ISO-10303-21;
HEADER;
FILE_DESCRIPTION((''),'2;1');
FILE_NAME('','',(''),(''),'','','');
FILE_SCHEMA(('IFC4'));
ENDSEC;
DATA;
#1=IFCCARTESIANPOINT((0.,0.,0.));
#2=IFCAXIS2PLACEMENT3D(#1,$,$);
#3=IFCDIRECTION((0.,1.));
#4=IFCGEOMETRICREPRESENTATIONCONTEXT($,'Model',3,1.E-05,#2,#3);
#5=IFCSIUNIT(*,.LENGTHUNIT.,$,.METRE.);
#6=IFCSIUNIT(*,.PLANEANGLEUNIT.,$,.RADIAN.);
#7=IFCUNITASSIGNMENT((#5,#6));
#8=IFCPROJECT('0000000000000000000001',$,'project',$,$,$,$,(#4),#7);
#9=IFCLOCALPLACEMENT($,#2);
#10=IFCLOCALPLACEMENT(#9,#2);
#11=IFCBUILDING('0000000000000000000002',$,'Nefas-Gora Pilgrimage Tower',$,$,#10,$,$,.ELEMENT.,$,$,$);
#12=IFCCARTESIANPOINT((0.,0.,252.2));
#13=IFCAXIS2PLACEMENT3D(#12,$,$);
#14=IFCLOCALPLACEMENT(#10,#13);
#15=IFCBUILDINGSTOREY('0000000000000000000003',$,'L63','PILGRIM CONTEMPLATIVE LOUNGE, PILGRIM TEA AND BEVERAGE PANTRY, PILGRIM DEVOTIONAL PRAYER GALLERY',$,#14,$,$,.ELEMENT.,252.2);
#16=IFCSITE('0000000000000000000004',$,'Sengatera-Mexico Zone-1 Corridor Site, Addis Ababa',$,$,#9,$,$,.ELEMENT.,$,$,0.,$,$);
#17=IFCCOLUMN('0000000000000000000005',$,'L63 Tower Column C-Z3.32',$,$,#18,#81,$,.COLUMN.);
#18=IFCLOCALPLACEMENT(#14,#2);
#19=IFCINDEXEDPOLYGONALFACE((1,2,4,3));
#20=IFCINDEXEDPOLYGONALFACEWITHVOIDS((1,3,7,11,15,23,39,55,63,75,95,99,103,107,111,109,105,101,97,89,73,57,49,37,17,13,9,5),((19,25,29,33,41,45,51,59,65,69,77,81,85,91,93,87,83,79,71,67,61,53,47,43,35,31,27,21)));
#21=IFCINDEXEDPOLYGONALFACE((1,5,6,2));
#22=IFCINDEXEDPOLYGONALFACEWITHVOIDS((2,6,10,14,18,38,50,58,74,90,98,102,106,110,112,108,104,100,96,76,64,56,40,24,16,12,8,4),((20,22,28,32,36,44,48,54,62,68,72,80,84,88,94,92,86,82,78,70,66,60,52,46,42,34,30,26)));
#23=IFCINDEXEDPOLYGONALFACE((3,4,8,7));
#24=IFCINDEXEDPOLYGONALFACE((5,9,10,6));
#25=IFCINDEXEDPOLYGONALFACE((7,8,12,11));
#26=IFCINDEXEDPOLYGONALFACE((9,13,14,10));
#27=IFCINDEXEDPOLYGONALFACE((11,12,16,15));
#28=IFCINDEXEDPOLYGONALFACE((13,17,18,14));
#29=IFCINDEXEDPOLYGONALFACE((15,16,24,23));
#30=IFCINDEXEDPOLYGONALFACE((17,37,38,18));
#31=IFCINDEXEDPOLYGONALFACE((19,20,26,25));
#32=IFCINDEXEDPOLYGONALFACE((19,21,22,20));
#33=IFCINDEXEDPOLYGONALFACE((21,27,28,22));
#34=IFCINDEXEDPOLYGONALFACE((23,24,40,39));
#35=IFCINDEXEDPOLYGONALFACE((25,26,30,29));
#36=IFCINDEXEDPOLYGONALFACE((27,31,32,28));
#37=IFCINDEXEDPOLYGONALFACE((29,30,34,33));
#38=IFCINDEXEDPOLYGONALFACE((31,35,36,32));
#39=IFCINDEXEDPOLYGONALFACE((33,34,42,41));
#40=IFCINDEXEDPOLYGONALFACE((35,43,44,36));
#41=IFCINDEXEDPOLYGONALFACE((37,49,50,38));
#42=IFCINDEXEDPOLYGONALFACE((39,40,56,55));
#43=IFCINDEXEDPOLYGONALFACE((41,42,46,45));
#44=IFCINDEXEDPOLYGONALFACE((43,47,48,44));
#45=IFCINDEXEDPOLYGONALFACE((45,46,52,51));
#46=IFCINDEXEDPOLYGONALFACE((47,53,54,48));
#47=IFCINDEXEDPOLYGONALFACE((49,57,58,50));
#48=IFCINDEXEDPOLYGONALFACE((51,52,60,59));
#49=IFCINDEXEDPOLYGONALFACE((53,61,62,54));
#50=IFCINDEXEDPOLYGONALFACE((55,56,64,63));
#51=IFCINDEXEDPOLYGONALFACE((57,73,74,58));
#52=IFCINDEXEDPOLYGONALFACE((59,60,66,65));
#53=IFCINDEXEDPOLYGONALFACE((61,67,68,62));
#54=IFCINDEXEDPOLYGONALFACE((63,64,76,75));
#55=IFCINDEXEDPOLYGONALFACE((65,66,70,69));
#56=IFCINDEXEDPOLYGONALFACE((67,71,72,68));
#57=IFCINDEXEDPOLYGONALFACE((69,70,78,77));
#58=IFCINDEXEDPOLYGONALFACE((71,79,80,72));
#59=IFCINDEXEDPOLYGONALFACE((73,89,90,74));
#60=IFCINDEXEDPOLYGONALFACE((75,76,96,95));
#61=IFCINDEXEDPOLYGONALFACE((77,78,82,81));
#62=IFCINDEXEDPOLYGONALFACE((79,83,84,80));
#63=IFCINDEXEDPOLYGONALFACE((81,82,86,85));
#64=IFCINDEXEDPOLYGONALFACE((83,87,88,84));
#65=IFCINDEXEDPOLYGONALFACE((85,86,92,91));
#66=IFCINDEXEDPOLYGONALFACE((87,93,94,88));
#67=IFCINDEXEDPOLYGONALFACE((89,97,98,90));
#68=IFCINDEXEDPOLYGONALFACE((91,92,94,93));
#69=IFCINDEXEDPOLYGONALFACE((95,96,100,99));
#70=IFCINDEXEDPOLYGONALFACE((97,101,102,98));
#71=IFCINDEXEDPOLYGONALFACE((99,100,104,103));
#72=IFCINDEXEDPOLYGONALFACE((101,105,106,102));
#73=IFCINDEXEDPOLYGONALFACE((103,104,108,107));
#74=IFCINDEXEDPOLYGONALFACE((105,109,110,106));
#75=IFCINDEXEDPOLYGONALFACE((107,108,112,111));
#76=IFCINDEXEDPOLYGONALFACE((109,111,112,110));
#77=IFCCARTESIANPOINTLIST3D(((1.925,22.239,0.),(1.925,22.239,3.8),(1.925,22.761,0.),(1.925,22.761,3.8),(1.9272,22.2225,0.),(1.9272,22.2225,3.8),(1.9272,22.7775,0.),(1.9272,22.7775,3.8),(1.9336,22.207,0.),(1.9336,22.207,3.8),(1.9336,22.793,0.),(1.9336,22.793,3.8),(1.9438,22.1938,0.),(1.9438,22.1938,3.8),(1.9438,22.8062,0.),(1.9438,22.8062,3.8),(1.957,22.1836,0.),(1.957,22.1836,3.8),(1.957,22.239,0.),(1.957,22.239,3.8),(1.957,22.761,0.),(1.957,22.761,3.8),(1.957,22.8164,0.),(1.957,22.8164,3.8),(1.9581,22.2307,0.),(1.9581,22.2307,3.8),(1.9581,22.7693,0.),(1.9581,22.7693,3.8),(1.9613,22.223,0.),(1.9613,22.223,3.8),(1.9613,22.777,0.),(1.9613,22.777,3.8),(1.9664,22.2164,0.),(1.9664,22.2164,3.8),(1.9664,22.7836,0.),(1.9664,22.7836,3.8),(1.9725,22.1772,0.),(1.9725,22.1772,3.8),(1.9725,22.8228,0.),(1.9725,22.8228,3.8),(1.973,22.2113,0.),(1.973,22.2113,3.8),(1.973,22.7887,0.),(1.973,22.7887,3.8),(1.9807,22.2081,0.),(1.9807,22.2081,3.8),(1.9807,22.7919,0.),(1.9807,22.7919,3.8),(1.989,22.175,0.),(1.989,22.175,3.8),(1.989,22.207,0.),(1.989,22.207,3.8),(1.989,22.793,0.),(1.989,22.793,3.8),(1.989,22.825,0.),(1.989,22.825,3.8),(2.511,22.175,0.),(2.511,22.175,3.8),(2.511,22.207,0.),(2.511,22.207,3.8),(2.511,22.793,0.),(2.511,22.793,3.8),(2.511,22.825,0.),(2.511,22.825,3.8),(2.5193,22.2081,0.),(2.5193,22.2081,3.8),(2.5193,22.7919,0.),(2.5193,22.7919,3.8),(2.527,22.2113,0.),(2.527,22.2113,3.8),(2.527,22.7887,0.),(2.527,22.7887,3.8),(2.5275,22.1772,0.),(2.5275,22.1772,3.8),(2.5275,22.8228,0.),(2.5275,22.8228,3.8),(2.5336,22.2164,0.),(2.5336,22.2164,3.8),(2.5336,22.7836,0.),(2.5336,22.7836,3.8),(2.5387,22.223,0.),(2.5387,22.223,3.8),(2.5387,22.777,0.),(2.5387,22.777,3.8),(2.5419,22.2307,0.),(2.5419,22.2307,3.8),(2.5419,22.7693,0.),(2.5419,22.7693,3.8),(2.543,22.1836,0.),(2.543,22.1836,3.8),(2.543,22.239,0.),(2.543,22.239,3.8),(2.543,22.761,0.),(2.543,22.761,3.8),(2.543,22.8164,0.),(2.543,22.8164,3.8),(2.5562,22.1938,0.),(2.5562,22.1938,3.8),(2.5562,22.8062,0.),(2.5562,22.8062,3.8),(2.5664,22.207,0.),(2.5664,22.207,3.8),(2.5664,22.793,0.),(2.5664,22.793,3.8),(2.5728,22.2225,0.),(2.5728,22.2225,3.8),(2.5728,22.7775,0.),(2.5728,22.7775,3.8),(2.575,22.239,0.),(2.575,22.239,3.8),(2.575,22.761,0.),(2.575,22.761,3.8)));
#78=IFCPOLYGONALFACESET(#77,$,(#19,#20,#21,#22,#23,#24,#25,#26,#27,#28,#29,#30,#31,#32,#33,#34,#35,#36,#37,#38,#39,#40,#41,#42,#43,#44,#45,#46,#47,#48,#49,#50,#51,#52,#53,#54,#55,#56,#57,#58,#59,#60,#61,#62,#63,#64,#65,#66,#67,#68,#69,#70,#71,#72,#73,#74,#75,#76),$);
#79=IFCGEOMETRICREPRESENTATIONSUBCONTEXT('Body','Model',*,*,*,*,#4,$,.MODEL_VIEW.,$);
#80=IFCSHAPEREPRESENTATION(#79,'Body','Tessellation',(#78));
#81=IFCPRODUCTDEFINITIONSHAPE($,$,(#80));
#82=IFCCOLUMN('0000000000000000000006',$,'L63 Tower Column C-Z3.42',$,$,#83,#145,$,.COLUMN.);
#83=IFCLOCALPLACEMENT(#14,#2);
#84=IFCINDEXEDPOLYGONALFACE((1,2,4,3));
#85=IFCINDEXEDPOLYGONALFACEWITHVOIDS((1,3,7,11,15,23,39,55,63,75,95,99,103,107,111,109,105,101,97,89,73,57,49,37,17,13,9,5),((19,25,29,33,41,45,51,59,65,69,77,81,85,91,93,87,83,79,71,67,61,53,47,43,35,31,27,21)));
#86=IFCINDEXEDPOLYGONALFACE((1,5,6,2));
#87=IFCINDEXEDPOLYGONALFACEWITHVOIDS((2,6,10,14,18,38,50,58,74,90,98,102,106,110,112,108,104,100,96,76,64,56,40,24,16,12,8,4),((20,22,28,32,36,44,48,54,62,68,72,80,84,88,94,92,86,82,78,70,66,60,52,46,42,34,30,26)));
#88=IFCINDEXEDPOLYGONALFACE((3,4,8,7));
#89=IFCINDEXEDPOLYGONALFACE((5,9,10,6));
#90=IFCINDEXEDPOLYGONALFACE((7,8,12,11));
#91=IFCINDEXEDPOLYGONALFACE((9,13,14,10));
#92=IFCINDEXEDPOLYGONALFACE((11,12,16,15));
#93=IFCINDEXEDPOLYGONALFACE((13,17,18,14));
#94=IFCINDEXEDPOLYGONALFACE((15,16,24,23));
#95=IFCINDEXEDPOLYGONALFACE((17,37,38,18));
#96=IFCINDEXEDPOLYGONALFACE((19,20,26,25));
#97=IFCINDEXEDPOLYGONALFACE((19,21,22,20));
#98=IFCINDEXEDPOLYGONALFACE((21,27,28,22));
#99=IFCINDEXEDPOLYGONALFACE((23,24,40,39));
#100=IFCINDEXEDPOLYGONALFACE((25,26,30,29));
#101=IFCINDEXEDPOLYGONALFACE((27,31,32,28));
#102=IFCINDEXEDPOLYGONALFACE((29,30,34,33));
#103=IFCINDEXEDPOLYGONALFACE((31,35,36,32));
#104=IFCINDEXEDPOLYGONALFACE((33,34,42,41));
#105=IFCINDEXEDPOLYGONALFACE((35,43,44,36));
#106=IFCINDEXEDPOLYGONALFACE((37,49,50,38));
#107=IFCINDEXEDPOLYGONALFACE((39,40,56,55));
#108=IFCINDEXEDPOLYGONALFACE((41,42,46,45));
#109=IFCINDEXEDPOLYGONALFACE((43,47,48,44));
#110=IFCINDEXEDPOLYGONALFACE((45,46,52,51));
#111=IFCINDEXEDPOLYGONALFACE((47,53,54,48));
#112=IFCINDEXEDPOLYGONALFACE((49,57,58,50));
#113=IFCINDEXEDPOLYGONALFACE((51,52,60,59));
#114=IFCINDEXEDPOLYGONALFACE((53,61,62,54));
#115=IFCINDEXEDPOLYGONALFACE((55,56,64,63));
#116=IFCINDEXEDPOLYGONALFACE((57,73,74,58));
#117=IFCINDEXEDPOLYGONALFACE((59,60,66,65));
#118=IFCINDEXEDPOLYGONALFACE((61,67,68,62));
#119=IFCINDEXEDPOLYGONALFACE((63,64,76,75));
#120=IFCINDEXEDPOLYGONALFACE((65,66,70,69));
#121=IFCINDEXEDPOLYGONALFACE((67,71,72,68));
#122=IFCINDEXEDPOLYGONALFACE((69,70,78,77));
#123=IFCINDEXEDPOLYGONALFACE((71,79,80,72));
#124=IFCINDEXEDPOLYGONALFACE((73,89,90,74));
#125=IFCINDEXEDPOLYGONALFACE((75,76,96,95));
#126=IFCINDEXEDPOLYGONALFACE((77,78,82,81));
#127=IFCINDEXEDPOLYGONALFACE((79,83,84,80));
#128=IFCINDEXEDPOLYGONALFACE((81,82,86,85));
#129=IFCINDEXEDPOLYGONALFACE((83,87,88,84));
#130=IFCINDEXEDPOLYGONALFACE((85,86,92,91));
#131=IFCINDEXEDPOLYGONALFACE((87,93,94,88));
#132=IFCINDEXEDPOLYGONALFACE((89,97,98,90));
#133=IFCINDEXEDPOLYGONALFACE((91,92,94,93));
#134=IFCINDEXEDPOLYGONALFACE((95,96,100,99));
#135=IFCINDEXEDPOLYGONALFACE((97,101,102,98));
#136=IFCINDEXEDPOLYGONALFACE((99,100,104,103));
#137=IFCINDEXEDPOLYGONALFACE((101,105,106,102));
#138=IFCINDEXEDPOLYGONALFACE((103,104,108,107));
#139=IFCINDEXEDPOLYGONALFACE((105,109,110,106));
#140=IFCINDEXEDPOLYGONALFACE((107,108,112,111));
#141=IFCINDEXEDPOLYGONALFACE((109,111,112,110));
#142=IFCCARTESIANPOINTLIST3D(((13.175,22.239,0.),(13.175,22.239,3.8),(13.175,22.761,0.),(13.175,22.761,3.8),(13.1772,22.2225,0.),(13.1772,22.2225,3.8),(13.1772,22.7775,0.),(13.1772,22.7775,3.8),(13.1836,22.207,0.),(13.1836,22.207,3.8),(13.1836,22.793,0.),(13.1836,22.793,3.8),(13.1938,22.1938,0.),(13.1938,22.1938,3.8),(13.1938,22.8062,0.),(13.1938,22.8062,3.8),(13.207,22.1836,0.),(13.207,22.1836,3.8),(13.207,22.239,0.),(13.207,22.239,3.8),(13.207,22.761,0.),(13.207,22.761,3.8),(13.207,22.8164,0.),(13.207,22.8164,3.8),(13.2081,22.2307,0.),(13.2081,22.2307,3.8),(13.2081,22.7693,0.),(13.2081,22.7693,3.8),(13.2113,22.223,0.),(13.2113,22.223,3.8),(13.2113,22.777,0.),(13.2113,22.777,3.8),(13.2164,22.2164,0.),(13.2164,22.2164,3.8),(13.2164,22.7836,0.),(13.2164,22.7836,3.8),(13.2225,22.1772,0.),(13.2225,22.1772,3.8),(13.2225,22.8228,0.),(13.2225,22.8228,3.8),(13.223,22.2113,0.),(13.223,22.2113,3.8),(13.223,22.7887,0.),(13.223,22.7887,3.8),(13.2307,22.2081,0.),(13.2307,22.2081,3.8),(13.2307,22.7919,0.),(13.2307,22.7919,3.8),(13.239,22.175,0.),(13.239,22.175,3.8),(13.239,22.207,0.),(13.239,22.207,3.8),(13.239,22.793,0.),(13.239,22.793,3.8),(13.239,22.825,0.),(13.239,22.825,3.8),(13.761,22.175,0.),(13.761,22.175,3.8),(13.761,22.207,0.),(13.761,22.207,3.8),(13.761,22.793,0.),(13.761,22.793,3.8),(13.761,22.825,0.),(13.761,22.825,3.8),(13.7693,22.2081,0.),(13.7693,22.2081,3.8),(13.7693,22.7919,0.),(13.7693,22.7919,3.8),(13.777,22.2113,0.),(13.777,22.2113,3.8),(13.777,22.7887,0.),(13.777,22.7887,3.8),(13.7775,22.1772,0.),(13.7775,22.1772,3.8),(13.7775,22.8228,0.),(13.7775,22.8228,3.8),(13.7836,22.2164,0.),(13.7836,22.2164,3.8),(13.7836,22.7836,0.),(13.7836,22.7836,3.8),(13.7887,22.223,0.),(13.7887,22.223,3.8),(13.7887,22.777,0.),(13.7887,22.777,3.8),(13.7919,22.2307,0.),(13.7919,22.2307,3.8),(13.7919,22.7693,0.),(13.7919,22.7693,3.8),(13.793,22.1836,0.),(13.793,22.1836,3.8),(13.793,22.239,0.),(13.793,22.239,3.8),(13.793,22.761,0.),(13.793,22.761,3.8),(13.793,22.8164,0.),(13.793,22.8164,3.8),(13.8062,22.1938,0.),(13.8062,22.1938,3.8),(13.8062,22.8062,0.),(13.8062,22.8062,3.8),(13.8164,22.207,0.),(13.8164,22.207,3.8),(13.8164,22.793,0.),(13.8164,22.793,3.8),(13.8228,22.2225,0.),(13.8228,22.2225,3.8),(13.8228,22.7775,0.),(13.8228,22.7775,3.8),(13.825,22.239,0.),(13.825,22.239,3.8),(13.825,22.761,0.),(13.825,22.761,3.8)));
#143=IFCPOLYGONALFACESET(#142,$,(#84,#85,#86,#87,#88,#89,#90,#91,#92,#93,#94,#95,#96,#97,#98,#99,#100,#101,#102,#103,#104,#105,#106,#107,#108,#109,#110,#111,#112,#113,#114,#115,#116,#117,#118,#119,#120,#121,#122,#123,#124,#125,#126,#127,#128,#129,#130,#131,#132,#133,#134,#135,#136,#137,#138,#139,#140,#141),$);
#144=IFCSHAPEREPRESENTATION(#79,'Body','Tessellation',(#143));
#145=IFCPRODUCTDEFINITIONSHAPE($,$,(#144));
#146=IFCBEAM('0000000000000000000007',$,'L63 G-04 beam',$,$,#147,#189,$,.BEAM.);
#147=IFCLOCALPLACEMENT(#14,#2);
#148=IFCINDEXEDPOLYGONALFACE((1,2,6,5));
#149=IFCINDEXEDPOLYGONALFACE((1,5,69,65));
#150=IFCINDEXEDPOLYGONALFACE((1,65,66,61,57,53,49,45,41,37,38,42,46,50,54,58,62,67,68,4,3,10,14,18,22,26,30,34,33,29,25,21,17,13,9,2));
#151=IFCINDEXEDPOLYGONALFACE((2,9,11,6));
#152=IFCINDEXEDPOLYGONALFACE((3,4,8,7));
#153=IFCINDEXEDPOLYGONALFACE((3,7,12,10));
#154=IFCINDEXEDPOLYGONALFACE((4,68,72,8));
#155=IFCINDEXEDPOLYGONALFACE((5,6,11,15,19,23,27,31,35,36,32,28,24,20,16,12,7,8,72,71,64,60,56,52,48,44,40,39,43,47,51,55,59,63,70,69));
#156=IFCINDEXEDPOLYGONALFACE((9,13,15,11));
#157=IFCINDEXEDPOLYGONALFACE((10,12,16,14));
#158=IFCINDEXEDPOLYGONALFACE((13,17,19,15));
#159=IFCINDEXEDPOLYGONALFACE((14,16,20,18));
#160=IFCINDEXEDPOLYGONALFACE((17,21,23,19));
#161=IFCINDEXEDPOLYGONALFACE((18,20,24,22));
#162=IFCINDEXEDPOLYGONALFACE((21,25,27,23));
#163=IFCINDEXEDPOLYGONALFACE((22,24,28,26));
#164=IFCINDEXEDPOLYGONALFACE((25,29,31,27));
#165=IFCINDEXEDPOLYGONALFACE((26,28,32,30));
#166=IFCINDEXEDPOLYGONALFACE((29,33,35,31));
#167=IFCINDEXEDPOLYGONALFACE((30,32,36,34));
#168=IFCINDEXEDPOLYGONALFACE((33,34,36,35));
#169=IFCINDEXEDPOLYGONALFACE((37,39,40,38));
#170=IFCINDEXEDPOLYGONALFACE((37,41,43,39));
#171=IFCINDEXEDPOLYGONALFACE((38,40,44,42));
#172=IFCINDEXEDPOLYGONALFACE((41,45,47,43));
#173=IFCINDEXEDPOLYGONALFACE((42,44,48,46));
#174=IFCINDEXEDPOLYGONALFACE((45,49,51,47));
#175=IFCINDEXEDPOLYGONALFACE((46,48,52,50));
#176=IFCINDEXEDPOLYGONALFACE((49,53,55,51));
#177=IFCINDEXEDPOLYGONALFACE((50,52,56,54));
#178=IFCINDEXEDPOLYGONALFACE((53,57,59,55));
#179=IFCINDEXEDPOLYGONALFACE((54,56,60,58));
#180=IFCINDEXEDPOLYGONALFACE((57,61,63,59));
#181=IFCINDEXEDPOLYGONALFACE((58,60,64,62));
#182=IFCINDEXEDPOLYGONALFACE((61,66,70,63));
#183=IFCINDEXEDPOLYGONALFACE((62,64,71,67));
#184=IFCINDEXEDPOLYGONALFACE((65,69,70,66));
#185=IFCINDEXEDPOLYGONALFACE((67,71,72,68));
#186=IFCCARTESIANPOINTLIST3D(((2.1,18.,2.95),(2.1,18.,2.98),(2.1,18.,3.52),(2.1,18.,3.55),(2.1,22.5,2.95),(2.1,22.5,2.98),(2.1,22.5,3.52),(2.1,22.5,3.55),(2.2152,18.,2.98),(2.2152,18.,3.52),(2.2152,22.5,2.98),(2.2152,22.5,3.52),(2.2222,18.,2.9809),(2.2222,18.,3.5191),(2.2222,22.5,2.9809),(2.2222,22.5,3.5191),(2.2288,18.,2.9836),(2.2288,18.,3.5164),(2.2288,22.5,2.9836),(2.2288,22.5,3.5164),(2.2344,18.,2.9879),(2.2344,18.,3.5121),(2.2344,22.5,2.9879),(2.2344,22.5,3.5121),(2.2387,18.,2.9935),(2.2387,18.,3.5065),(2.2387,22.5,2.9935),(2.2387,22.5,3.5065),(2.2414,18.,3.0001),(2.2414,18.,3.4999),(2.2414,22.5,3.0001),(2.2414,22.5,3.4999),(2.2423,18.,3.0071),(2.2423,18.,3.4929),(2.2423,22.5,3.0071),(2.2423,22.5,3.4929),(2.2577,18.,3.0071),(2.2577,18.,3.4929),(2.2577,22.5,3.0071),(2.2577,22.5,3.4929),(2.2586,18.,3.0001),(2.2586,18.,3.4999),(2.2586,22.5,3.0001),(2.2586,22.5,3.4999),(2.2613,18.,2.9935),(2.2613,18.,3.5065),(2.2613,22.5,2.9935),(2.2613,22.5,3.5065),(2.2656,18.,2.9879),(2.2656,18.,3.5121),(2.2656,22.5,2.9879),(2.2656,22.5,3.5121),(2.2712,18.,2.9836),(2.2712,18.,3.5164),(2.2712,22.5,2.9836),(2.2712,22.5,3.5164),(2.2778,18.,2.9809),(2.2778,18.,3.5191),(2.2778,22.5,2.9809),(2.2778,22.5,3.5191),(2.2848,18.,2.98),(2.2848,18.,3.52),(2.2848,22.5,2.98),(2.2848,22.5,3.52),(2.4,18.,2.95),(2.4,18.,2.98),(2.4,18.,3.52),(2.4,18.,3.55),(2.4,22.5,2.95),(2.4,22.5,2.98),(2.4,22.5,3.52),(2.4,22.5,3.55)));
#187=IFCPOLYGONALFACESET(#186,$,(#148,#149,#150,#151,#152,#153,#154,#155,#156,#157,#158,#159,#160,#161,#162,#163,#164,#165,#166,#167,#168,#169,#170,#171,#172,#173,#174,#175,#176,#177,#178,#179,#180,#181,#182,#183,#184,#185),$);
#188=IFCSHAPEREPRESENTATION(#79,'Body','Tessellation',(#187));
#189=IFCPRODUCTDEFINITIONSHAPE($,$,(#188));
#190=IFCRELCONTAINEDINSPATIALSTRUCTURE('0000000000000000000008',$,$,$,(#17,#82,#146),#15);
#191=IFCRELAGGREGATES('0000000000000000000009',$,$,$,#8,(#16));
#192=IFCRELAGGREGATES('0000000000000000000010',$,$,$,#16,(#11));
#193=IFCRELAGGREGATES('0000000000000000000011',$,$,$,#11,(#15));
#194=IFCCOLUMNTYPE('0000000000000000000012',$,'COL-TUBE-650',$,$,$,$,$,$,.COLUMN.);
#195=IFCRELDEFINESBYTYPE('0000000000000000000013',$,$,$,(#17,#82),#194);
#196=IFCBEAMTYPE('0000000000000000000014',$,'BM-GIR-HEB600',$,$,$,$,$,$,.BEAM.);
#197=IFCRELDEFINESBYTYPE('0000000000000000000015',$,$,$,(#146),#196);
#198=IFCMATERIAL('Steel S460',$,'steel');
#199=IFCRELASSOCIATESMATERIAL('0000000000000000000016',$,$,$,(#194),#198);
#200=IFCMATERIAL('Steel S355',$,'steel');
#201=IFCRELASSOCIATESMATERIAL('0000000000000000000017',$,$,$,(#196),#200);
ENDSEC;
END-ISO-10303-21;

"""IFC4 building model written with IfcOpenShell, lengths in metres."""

from ifc_helpers import new_model, si_unit, direction, frame, origin, origin_2d, place, context, subcontext, project, spatial, hollow_rectangle, i_section, extrude, source, transform, mapped, material, material_profile, profile_set, type_object, element, save


model = new_model("IFC4")

# Units and contexts
model_context = context("Model", 3, precision=1e-05, world=origin(), true_north=direction((0.0, 1.0)))
body_context = subcontext(model_context, "Body", "Model", "MODEL_VIEW")
ifc_project = project(units=[si_unit("LENGTHUNIT", "METRE"), si_unit("PLANEANGLEUNIT", "RADIAN")], contexts=[model_context])

# Site, building, storey
site_placement = place(None, origin())
site = spatial("IfcSite", under=ifc_project, at=site_placement, Name="Sengatera-Mexico Zone-1 Corridor Site, Addis Ababa", CompositionType="ELEMENT", RefElevation=0.0)
building_placement = place(site_placement, origin())
building = spatial("IfcBuilding", under=site, at=building_placement, Name="Nefas-Gora Pilgrimage Tower", CompositionType="ELEMENT")
storey_placement = place(building_placement, frame((0.0, 0.0, 252.2)))
storey = spatial("IfcBuildingStorey", under=building, at=storey_placement, Name="L63", Description="PILGRIM CONTEMPLATIVE LOUNGE, PILGRIM TEA AND BEVERAGE PANTRY, PILGRIM DEVOTIONAL PRAYER GALLERY", CompositionType="ELEMENT", Elevation=252.2)

# Columns
ifc_material_1 = material(Name="Steel S460", Category="steel")
ifc_material_profile_1 = material_profile(ifc_material_1, hollow_rectangle(XDim=0.6499, YDim=0.6499, WallThickness=0.032, InnerFilletRadius=0.032, OuterFilletRadius=0.064, at=origin_2d()), Name="BOX 650x650x32")
ifc_profile_set_1 = profile_set([ifc_material_profile_1], Name="Steel S460")
column_type_1 = type_object("IfcColumnType", Name="COL-TUBE-650", PredefinedType="COLUMN", material=ifc_profile_set_1)
shared_shape_1 = source(origin(), body_context, "Body", "SweptSolid", [
    extrude(hollow_rectangle(XDim=0.6499, YDim=0.6499, WallThickness=0.032, InnerFilletRadius=0.032, OuterFilletRadius=0.064, at=origin_2d()), origin(), (0.0, 0.0, 1.0), 3.8),
])
for number, where, z_axis, x_axis, name in (
    (1, (2.25, 22.5, 0.0), (0.0, 0.0, 1.0), (1.0, 0.0, 0.0), "L63 Tower Column C-Z3.32"),
    (2, (13.5, 22.5, 0.0), (0.0, 0.0, 1.0), (1.0, 0.0, 0.0), "L63 Tower Column C-Z3.42"),
):
    element("IfcColumn", number, at=place(storey_placement, frame(where, z_axis=z_axis, x_axis=x_axis)), inside=storey, type_object=column_type_1, Name=name, PredefinedType="COLUMN", context=body_context, shape_type="MappedRepresentation", body=[
        mapped(shared_shape_1, transform((0.0, 0.0, 0.0), x_axis=(1.0, 0.0, 0.0), y_axis=(0.0, 1.0, 0.0), z_axis=(0.0, 0.0, 1.0), scale=1.0)),
    ])

# Beam
ifc_material_2 = material(Name="Steel S355", Category="steel")
ifc_material_profile_2 = material_profile(ifc_material_2, i_section(OverallWidth=0.3, OverallDepth=0.6001, WebThickness=0.0154, FlangeThickness=0.03, FilletRadius=0.0271, at=origin_2d()), Name="HEB 600")
ifc_profile_set_2 = profile_set([ifc_material_profile_2], Name="Steel S355")
beam_type_1 = type_object("IfcBeamType", Name="BM-GIR-HEB600", PredefinedType="BEAM", material=ifc_profile_set_2)
shared_shape_2 = source(origin(), body_context, "Body", "SweptSolid", [
    extrude(i_section(OverallWidth=0.3, OverallDepth=0.6001, WebThickness=0.0154, FlangeThickness=0.03, FilletRadius=0.0271, at=origin_2d()), origin(), (0.0, 0.0, 1.0), 4.5),
])
for number, where, z_axis, x_axis, name in (
    (3, (2.25, 18.0, 3.25), (0.0, 1.0, 0.0), (-1.0, 0.0, 0.0), "L63 G-04 beam"),
):
    element("IfcBeam", number, at=place(storey_placement, frame(where, z_axis=z_axis, x_axis=x_axis)), inside=storey, type_object=beam_type_1, Name=name, PredefinedType="BEAM", context=body_context, shape_type="MappedRepresentation", body=[
        mapped(shared_shape_2, transform((0.0, 0.0, 0.0), x_axis=(1.0, 0.0, 0.0), y_axis=(0.0, 1.0, 0.0), z_axis=(0.0, 0.0, 1.0), scale=1.0)),
    ])

save(model, "model.ifc")
